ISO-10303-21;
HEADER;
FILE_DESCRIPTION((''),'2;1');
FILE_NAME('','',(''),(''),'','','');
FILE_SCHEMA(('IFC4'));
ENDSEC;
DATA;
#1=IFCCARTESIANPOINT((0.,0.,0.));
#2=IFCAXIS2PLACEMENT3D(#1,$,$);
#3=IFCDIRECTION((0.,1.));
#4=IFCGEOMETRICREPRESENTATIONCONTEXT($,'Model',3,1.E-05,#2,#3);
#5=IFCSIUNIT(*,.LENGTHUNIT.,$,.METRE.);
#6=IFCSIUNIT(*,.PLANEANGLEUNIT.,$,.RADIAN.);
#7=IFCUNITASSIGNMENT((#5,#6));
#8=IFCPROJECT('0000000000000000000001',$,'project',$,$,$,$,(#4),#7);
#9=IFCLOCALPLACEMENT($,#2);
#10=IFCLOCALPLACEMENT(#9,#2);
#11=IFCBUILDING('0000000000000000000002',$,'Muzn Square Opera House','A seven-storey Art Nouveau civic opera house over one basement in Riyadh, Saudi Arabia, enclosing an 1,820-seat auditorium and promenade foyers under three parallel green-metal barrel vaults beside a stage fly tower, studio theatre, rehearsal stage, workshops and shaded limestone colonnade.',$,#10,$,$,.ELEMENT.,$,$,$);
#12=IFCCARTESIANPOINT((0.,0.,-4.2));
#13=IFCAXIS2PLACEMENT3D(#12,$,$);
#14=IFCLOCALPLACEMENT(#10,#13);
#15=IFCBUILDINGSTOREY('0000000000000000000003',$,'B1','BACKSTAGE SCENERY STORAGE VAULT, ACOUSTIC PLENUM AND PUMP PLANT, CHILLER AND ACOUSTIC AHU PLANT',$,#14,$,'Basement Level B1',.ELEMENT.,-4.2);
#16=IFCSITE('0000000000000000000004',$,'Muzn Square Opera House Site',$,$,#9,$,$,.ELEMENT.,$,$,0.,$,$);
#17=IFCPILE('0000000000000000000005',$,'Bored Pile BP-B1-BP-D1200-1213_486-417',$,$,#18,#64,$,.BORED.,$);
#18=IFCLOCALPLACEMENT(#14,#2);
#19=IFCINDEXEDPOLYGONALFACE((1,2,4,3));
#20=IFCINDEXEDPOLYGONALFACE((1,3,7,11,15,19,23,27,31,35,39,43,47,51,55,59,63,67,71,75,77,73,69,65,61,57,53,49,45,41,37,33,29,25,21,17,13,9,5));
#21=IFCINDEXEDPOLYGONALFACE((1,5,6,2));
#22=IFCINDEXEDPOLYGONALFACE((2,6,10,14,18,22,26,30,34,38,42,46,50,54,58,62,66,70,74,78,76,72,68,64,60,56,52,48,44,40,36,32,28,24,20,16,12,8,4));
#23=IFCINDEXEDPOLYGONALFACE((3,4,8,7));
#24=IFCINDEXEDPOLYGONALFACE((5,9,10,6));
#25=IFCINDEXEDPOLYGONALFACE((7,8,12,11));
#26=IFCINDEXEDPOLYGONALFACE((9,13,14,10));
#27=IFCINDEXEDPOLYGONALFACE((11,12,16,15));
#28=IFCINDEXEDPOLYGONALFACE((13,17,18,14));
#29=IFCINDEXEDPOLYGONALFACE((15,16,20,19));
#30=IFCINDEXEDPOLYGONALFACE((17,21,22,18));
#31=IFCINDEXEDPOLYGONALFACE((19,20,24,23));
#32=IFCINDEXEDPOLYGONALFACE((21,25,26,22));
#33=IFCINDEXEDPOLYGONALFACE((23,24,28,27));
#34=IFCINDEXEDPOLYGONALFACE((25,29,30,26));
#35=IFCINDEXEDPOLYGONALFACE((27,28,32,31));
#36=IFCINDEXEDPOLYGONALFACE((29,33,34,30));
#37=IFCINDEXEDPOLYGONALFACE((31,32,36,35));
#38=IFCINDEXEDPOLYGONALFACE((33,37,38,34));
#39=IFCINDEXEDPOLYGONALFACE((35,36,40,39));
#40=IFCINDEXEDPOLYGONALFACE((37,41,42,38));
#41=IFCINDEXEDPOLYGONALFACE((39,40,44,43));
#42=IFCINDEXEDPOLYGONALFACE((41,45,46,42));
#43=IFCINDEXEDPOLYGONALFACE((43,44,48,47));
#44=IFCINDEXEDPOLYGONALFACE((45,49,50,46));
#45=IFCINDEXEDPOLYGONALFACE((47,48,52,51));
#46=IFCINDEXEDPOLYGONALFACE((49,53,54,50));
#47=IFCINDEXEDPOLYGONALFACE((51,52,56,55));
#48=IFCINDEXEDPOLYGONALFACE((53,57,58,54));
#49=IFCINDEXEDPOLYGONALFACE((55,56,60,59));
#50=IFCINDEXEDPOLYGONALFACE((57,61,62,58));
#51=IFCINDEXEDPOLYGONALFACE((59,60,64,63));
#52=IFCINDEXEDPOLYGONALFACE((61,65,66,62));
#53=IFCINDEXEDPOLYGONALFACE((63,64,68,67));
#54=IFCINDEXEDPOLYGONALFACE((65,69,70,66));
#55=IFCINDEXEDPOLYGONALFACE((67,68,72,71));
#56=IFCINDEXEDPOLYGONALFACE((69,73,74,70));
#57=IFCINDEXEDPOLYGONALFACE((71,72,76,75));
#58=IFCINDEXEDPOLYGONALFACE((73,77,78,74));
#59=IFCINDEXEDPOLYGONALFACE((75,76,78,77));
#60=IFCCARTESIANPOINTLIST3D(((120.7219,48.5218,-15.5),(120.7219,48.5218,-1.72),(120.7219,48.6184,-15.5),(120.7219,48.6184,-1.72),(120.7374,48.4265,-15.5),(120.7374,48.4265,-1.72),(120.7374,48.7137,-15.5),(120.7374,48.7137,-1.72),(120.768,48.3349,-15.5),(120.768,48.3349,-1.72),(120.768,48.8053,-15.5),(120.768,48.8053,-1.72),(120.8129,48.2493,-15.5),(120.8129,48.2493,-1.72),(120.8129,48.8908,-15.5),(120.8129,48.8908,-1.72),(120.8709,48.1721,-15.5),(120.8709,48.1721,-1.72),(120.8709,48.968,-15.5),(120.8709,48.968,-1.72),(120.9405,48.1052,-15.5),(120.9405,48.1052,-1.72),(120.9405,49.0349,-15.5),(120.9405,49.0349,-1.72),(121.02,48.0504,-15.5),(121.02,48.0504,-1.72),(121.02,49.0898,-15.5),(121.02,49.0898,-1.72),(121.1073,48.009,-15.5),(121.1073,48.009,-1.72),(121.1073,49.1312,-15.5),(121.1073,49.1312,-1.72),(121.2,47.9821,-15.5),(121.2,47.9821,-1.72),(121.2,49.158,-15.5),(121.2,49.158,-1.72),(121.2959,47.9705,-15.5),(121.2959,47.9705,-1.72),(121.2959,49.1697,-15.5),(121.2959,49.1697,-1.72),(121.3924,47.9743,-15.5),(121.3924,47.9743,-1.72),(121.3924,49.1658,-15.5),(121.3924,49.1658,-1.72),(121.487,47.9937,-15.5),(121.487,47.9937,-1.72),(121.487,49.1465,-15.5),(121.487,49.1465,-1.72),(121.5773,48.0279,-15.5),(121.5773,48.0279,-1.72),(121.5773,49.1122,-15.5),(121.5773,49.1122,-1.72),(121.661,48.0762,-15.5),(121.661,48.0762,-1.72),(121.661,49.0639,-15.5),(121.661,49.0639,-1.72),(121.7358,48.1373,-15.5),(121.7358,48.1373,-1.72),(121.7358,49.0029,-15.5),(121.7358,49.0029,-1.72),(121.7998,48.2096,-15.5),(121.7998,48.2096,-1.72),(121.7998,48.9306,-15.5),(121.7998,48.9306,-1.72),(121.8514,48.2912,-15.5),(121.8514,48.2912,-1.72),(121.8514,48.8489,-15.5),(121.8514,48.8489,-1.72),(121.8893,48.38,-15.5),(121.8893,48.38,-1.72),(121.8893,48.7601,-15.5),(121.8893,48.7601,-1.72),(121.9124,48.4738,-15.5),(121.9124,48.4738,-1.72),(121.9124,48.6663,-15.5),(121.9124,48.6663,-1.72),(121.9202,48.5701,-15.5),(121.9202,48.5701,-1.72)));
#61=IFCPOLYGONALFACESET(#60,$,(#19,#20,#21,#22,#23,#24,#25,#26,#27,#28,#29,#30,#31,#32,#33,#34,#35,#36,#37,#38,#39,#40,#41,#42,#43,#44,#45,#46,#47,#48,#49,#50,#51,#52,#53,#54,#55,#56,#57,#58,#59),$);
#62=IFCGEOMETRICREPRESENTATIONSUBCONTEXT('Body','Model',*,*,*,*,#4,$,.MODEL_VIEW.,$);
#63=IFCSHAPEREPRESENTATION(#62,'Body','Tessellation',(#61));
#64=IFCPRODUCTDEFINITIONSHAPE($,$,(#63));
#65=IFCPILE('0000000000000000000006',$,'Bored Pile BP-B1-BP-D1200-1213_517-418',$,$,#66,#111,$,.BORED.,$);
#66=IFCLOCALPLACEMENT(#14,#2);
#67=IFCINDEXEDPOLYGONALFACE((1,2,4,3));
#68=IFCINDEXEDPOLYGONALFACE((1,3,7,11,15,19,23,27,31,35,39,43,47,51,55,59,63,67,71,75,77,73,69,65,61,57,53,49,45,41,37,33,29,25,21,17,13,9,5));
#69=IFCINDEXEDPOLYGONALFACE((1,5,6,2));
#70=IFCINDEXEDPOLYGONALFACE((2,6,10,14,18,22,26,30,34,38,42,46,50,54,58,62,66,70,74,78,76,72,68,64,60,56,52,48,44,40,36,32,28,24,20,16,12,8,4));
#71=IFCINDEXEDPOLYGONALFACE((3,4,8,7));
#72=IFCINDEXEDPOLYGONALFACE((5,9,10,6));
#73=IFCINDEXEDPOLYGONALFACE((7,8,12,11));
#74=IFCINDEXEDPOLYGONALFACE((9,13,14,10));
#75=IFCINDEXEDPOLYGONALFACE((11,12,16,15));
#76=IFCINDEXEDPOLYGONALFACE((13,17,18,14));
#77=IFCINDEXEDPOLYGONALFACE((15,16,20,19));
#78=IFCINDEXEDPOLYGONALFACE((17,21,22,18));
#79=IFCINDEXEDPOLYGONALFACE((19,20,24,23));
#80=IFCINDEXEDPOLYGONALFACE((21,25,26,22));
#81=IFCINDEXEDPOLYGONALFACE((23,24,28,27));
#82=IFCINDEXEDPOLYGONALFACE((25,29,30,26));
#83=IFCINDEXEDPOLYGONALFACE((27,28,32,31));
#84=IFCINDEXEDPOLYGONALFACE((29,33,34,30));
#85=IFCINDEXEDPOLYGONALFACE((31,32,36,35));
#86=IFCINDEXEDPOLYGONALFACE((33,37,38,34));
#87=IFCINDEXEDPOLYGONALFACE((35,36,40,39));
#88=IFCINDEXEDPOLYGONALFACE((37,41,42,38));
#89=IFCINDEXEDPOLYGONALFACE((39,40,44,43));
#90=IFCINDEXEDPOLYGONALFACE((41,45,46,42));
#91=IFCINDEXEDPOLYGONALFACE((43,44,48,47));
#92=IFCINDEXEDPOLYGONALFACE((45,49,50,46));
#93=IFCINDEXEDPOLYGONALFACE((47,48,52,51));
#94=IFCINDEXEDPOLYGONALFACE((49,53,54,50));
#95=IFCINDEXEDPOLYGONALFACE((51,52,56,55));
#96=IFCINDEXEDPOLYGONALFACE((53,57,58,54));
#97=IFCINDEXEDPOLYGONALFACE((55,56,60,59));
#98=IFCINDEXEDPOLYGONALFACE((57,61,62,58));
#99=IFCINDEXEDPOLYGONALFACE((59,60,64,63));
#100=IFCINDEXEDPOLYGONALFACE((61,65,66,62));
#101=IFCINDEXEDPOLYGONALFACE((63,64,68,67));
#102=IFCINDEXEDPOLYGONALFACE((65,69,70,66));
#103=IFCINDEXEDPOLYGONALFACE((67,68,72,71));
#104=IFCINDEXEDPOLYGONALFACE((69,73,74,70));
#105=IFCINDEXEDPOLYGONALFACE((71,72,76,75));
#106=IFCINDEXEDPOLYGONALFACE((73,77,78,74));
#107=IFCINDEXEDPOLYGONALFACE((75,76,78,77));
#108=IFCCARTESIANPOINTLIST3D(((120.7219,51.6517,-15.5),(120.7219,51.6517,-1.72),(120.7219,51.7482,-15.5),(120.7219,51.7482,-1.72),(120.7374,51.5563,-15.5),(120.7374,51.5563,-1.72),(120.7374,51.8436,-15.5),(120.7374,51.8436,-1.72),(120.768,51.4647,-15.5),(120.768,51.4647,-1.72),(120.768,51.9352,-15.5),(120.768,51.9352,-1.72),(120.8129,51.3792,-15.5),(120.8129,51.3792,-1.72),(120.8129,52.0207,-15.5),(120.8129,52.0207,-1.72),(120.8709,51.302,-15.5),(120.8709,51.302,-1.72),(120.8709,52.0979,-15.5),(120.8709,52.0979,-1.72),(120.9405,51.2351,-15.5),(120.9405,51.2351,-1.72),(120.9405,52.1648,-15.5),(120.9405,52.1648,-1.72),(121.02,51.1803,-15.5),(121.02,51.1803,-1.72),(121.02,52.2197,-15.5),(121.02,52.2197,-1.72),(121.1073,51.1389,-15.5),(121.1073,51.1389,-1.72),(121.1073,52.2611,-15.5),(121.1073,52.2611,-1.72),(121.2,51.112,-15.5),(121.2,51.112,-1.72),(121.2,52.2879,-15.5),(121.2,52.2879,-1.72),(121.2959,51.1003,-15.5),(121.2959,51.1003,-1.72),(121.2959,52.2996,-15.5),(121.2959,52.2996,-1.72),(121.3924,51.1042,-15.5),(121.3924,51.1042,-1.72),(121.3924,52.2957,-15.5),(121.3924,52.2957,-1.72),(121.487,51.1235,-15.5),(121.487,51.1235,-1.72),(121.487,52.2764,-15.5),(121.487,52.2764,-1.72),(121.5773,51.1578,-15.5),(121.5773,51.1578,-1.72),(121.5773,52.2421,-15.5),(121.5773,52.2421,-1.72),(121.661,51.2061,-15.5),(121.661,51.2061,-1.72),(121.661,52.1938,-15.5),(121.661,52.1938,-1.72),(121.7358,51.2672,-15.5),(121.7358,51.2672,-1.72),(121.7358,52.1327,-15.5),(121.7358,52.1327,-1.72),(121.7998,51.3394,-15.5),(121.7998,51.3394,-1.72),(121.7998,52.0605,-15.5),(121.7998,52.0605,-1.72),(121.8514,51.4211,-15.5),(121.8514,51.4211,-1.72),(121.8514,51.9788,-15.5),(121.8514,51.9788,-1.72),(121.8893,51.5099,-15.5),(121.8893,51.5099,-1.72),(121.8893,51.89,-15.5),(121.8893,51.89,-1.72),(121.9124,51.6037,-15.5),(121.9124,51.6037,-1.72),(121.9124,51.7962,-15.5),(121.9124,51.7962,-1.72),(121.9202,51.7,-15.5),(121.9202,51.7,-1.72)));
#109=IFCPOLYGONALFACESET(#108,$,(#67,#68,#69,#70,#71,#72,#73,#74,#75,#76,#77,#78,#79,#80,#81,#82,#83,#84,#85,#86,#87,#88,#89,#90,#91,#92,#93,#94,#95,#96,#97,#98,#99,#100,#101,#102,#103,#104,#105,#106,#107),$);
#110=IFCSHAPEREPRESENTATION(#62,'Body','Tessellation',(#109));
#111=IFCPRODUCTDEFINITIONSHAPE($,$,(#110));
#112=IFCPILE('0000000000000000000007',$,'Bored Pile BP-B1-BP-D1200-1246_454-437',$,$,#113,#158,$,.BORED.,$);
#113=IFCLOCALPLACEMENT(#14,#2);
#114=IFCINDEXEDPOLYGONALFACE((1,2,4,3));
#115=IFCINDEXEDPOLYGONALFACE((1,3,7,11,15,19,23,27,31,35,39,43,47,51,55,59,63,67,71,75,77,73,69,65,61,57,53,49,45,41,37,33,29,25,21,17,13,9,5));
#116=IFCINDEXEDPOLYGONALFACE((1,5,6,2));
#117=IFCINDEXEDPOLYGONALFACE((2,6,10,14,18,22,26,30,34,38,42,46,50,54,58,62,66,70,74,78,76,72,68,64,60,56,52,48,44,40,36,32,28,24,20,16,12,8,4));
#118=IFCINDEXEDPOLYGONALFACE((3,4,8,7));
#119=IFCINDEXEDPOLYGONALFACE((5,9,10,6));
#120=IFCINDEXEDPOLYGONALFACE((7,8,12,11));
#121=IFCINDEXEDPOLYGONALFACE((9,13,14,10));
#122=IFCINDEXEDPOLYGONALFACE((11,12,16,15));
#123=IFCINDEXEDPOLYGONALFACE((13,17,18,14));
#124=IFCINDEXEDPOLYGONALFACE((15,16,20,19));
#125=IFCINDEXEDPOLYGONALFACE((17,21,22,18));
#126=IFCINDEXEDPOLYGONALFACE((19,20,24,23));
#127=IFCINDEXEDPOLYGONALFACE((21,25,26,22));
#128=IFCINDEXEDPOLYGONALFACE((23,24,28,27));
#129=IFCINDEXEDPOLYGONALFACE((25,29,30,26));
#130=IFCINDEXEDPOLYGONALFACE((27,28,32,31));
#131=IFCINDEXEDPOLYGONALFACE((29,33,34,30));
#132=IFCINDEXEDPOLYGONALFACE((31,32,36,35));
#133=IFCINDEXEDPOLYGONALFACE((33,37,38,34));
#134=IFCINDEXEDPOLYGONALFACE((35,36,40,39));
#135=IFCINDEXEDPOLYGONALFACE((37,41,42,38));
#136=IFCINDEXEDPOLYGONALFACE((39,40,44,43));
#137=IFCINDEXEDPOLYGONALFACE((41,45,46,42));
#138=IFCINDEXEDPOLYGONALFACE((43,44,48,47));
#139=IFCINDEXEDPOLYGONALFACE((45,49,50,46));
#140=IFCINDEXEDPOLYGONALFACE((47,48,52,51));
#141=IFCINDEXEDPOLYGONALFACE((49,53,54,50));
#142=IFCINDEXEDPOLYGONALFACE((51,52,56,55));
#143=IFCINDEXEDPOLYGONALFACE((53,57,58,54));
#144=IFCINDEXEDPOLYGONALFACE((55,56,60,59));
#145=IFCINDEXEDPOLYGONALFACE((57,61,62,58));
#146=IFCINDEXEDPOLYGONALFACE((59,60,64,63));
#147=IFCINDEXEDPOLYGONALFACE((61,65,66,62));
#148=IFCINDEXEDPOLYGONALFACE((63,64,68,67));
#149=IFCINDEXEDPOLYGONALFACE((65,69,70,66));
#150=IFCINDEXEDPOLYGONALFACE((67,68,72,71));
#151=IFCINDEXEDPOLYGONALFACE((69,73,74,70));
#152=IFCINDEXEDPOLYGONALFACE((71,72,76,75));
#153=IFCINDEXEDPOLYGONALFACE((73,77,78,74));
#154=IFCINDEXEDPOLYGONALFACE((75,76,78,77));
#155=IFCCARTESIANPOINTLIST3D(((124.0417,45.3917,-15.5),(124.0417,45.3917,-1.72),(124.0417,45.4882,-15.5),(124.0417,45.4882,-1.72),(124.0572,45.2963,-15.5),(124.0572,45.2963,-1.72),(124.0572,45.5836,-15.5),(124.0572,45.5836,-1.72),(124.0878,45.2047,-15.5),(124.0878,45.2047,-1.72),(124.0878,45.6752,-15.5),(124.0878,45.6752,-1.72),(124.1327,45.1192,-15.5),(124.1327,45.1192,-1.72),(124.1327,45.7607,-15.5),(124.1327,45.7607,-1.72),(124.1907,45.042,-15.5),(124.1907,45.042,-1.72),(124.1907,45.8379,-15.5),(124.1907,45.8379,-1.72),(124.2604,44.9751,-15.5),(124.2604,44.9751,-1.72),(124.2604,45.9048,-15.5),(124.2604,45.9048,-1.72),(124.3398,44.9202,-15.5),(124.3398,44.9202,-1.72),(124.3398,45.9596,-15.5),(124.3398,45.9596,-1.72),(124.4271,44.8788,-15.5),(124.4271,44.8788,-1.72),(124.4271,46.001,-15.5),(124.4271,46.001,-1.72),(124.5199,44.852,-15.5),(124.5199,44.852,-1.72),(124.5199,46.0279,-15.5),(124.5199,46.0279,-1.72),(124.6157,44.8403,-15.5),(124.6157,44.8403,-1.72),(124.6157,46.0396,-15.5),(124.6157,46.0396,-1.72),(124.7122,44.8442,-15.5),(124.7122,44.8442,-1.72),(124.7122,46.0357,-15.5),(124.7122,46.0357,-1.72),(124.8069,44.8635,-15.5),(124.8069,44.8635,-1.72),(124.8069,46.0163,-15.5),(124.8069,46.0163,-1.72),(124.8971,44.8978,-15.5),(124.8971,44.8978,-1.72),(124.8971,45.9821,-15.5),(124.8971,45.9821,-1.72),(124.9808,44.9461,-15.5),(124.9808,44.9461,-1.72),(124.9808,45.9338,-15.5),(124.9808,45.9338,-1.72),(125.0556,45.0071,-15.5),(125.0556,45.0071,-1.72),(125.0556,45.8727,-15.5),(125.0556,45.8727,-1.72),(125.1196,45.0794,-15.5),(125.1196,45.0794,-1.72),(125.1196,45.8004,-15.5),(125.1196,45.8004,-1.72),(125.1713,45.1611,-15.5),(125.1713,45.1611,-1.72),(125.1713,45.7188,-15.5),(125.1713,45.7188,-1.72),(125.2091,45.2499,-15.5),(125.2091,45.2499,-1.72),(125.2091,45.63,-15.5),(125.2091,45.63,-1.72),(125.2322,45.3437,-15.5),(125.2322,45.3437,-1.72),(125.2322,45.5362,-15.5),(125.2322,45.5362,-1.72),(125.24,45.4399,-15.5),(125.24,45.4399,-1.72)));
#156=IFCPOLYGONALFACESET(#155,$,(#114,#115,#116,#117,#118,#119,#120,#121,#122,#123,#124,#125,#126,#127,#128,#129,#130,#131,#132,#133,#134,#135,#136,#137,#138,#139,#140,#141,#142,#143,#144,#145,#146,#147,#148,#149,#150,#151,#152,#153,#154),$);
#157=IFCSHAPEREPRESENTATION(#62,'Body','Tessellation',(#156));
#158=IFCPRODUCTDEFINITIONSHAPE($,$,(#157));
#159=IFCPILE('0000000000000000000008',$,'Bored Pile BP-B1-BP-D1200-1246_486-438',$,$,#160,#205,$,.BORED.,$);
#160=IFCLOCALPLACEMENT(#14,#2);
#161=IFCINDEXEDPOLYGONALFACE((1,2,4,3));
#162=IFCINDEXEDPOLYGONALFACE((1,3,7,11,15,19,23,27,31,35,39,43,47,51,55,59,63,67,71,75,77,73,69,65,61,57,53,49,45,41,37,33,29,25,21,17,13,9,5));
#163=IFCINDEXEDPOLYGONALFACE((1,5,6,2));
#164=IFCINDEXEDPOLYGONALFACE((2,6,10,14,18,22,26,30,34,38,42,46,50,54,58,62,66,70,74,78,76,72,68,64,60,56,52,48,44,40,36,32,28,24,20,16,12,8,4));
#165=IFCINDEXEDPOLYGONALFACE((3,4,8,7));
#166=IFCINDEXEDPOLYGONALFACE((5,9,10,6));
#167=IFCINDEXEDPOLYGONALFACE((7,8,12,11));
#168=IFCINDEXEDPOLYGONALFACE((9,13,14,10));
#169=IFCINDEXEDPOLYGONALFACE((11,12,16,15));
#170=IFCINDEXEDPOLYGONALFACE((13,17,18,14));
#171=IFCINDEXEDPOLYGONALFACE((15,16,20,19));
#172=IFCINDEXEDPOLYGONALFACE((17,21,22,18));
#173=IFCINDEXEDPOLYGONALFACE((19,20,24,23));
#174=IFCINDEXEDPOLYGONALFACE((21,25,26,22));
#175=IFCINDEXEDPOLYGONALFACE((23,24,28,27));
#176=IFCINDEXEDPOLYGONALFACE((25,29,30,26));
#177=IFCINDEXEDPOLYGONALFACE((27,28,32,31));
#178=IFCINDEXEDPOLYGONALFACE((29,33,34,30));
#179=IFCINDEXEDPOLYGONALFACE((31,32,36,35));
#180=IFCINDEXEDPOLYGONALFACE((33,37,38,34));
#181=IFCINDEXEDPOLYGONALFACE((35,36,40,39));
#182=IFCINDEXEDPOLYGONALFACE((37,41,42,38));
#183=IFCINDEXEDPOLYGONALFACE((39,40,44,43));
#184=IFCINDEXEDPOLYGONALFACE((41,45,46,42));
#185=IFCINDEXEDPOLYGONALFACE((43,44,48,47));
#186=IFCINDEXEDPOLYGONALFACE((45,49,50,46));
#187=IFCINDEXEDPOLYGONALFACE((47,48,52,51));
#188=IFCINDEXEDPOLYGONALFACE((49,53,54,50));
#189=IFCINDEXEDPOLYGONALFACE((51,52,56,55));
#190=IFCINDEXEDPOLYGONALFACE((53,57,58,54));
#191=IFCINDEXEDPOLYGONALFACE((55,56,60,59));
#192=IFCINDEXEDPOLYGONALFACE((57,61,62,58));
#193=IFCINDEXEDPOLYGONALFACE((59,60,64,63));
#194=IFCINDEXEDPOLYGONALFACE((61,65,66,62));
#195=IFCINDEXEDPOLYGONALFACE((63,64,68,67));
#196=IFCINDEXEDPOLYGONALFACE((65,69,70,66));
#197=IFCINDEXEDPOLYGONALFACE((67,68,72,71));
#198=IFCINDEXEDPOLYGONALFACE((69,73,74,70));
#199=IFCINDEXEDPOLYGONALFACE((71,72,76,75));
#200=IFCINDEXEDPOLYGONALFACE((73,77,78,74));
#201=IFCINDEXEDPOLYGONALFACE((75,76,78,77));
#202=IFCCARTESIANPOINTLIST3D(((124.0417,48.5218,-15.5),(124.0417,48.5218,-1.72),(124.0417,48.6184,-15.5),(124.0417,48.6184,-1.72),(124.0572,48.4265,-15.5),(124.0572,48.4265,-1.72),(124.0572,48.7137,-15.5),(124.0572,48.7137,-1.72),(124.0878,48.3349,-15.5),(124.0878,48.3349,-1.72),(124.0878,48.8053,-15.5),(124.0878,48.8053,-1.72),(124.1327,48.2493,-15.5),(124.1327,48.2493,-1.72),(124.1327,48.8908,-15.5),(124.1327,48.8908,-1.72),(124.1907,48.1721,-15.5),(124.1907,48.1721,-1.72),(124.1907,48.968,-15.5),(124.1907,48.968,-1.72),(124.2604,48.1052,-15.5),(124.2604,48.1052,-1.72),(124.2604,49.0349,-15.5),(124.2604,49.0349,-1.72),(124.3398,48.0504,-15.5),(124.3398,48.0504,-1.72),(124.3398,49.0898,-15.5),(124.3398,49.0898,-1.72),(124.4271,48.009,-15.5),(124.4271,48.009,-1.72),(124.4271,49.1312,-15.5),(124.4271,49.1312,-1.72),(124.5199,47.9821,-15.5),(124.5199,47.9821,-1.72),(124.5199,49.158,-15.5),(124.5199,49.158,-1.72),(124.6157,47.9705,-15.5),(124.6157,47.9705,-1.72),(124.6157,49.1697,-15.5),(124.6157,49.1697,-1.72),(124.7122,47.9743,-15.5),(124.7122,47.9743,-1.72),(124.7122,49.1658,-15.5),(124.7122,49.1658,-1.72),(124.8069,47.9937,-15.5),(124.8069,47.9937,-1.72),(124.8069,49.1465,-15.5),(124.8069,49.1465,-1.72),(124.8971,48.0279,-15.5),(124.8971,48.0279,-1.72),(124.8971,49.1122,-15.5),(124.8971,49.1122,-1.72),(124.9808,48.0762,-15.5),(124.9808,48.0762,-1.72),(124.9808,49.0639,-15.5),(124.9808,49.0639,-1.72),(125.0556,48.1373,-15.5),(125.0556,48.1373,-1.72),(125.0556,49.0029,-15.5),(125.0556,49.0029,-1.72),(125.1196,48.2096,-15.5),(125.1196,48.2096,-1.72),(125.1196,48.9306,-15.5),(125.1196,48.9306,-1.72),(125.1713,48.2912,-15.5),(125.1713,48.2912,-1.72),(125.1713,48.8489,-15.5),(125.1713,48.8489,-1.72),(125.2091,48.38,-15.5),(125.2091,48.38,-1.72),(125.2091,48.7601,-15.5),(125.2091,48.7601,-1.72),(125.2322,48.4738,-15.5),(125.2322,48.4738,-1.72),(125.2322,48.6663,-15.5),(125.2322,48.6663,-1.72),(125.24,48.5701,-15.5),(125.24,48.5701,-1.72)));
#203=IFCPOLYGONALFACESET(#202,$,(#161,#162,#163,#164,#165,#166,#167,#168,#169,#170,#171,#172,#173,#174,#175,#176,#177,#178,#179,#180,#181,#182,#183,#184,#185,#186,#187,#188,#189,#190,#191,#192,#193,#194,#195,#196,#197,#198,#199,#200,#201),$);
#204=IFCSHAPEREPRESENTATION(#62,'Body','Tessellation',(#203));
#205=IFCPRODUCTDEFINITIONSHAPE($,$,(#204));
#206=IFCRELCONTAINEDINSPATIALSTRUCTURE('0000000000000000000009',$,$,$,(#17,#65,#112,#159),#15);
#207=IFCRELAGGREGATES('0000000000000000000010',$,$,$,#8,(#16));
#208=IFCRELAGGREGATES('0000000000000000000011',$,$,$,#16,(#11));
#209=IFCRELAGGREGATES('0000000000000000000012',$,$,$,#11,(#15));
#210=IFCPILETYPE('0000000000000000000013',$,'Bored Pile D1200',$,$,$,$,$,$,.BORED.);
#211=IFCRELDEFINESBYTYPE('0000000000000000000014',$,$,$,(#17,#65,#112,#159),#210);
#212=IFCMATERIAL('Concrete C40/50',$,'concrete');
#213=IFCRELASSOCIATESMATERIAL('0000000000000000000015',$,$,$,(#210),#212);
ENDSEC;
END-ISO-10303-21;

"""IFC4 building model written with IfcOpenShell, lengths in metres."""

from ifc_helpers import new_model, si_unit, direction, frame, origin, origin_2d, place, context, subcontext, project, spatial, circle, extrude, material, material_profile, profile_set, type_object, element, save


model = new_model("IFC4")

# Units and contexts
model_context = context("Model", 3, precision=1e-05, world=origin(), true_north=direction((0.0, 1.0)))
body_context = subcontext(model_context, "Body", "Model", "MODEL_VIEW")
ifc_project = project(units=[si_unit("LENGTHUNIT", "METRE"), si_unit("PLANEANGLEUNIT", "RADIAN")], contexts=[model_context])

# Site, building, storey
site_placement = place(None, origin())
site = spatial("IfcSite", under=ifc_project, at=site_placement, Name="Muzn Square Opera House Site", CompositionType="ELEMENT", RefElevation=0.0)
building_placement = place(site_placement, origin())
building = spatial("IfcBuilding", under=site, at=building_placement, Name="Muzn Square Opera House", Description="A seven-storey Art Nouveau civic opera house over one basement in Riyadh, Saudi Arabia, enclosing an 1,820-seat auditorium and promenade foyers under three parallel green-metal barrel vaults beside a stage fly tower, studio theatre, rehearsal stage, workshops and shaded limestone colonnade.", CompositionType="ELEMENT")
storey_placement = place(building_placement, frame((0.0, 0.0, -4.2)))
storey = spatial("IfcBuildingStorey", under=building, at=storey_placement, Name="B1", Description="BACKSTAGE SCENERY STORAGE VAULT, ACOUSTIC PLENUM AND PUMP PLANT, CHILLER AND ACOUSTIC AHU PLANT", LongName="Basement Level B1", CompositionType="ELEMENT", Elevation=-4.2)

# Piles
ifc_material_1 = material(Name="Concrete C40/50", Category="concrete")
ifc_material_profile_1 = material_profile(ifc_material_1, circle(Radius=0.6001, at=origin_2d()), Name="BORED PILE D1200", Category="concrete")
ifc_profile_set_1 = profile_set([ifc_material_profile_1], Name="Concrete C40/50")
pile_type = type_object("IfcPileType", Name="Bored Pile D1200", PredefinedType="BORED", material=ifc_profile_set_1)
for number, where, z_axis, x_axis, name in (
    (1, (121.3201, 48.5701, -1.72), (0.0, 0.0, -1.0), (1.0, 0.0, 0.0), "Bored Pile BP-B1-BP-D1200-1213_486-417"),
    (2, (121.3201, 51.7, -1.72), (0.0, 0.0, -1.0), (1.0, 0.0, 0.0), "Bored Pile BP-B1-BP-D1200-1213_517-418"),
    (3, (124.6399, 45.4399, -1.72), (0.0, 0.0, -1.0), (1.0, 0.0, 0.0), "Bored Pile BP-B1-BP-D1200-1246_454-437"),
    (4, (124.6399, 48.5701, -1.72), (0.0, 0.0, -1.0), (1.0, 0.0, 0.0), "Bored Pile BP-B1-BP-D1200-1246_486-438"),
):
    element("IfcPile", number, at=place(storey_placement, frame(where, z_axis=z_axis, x_axis=x_axis)), inside=storey, type_object=pile_type, Name=name, PredefinedType="BORED", context=body_context, shape_type="SweptSolid", body=[
        extrude(circle(Radius=0.6001, at=origin_2d()), origin(), (0.0, 0.0, 1.0), 13.78),
    ])

save(model, "model.ifc")
